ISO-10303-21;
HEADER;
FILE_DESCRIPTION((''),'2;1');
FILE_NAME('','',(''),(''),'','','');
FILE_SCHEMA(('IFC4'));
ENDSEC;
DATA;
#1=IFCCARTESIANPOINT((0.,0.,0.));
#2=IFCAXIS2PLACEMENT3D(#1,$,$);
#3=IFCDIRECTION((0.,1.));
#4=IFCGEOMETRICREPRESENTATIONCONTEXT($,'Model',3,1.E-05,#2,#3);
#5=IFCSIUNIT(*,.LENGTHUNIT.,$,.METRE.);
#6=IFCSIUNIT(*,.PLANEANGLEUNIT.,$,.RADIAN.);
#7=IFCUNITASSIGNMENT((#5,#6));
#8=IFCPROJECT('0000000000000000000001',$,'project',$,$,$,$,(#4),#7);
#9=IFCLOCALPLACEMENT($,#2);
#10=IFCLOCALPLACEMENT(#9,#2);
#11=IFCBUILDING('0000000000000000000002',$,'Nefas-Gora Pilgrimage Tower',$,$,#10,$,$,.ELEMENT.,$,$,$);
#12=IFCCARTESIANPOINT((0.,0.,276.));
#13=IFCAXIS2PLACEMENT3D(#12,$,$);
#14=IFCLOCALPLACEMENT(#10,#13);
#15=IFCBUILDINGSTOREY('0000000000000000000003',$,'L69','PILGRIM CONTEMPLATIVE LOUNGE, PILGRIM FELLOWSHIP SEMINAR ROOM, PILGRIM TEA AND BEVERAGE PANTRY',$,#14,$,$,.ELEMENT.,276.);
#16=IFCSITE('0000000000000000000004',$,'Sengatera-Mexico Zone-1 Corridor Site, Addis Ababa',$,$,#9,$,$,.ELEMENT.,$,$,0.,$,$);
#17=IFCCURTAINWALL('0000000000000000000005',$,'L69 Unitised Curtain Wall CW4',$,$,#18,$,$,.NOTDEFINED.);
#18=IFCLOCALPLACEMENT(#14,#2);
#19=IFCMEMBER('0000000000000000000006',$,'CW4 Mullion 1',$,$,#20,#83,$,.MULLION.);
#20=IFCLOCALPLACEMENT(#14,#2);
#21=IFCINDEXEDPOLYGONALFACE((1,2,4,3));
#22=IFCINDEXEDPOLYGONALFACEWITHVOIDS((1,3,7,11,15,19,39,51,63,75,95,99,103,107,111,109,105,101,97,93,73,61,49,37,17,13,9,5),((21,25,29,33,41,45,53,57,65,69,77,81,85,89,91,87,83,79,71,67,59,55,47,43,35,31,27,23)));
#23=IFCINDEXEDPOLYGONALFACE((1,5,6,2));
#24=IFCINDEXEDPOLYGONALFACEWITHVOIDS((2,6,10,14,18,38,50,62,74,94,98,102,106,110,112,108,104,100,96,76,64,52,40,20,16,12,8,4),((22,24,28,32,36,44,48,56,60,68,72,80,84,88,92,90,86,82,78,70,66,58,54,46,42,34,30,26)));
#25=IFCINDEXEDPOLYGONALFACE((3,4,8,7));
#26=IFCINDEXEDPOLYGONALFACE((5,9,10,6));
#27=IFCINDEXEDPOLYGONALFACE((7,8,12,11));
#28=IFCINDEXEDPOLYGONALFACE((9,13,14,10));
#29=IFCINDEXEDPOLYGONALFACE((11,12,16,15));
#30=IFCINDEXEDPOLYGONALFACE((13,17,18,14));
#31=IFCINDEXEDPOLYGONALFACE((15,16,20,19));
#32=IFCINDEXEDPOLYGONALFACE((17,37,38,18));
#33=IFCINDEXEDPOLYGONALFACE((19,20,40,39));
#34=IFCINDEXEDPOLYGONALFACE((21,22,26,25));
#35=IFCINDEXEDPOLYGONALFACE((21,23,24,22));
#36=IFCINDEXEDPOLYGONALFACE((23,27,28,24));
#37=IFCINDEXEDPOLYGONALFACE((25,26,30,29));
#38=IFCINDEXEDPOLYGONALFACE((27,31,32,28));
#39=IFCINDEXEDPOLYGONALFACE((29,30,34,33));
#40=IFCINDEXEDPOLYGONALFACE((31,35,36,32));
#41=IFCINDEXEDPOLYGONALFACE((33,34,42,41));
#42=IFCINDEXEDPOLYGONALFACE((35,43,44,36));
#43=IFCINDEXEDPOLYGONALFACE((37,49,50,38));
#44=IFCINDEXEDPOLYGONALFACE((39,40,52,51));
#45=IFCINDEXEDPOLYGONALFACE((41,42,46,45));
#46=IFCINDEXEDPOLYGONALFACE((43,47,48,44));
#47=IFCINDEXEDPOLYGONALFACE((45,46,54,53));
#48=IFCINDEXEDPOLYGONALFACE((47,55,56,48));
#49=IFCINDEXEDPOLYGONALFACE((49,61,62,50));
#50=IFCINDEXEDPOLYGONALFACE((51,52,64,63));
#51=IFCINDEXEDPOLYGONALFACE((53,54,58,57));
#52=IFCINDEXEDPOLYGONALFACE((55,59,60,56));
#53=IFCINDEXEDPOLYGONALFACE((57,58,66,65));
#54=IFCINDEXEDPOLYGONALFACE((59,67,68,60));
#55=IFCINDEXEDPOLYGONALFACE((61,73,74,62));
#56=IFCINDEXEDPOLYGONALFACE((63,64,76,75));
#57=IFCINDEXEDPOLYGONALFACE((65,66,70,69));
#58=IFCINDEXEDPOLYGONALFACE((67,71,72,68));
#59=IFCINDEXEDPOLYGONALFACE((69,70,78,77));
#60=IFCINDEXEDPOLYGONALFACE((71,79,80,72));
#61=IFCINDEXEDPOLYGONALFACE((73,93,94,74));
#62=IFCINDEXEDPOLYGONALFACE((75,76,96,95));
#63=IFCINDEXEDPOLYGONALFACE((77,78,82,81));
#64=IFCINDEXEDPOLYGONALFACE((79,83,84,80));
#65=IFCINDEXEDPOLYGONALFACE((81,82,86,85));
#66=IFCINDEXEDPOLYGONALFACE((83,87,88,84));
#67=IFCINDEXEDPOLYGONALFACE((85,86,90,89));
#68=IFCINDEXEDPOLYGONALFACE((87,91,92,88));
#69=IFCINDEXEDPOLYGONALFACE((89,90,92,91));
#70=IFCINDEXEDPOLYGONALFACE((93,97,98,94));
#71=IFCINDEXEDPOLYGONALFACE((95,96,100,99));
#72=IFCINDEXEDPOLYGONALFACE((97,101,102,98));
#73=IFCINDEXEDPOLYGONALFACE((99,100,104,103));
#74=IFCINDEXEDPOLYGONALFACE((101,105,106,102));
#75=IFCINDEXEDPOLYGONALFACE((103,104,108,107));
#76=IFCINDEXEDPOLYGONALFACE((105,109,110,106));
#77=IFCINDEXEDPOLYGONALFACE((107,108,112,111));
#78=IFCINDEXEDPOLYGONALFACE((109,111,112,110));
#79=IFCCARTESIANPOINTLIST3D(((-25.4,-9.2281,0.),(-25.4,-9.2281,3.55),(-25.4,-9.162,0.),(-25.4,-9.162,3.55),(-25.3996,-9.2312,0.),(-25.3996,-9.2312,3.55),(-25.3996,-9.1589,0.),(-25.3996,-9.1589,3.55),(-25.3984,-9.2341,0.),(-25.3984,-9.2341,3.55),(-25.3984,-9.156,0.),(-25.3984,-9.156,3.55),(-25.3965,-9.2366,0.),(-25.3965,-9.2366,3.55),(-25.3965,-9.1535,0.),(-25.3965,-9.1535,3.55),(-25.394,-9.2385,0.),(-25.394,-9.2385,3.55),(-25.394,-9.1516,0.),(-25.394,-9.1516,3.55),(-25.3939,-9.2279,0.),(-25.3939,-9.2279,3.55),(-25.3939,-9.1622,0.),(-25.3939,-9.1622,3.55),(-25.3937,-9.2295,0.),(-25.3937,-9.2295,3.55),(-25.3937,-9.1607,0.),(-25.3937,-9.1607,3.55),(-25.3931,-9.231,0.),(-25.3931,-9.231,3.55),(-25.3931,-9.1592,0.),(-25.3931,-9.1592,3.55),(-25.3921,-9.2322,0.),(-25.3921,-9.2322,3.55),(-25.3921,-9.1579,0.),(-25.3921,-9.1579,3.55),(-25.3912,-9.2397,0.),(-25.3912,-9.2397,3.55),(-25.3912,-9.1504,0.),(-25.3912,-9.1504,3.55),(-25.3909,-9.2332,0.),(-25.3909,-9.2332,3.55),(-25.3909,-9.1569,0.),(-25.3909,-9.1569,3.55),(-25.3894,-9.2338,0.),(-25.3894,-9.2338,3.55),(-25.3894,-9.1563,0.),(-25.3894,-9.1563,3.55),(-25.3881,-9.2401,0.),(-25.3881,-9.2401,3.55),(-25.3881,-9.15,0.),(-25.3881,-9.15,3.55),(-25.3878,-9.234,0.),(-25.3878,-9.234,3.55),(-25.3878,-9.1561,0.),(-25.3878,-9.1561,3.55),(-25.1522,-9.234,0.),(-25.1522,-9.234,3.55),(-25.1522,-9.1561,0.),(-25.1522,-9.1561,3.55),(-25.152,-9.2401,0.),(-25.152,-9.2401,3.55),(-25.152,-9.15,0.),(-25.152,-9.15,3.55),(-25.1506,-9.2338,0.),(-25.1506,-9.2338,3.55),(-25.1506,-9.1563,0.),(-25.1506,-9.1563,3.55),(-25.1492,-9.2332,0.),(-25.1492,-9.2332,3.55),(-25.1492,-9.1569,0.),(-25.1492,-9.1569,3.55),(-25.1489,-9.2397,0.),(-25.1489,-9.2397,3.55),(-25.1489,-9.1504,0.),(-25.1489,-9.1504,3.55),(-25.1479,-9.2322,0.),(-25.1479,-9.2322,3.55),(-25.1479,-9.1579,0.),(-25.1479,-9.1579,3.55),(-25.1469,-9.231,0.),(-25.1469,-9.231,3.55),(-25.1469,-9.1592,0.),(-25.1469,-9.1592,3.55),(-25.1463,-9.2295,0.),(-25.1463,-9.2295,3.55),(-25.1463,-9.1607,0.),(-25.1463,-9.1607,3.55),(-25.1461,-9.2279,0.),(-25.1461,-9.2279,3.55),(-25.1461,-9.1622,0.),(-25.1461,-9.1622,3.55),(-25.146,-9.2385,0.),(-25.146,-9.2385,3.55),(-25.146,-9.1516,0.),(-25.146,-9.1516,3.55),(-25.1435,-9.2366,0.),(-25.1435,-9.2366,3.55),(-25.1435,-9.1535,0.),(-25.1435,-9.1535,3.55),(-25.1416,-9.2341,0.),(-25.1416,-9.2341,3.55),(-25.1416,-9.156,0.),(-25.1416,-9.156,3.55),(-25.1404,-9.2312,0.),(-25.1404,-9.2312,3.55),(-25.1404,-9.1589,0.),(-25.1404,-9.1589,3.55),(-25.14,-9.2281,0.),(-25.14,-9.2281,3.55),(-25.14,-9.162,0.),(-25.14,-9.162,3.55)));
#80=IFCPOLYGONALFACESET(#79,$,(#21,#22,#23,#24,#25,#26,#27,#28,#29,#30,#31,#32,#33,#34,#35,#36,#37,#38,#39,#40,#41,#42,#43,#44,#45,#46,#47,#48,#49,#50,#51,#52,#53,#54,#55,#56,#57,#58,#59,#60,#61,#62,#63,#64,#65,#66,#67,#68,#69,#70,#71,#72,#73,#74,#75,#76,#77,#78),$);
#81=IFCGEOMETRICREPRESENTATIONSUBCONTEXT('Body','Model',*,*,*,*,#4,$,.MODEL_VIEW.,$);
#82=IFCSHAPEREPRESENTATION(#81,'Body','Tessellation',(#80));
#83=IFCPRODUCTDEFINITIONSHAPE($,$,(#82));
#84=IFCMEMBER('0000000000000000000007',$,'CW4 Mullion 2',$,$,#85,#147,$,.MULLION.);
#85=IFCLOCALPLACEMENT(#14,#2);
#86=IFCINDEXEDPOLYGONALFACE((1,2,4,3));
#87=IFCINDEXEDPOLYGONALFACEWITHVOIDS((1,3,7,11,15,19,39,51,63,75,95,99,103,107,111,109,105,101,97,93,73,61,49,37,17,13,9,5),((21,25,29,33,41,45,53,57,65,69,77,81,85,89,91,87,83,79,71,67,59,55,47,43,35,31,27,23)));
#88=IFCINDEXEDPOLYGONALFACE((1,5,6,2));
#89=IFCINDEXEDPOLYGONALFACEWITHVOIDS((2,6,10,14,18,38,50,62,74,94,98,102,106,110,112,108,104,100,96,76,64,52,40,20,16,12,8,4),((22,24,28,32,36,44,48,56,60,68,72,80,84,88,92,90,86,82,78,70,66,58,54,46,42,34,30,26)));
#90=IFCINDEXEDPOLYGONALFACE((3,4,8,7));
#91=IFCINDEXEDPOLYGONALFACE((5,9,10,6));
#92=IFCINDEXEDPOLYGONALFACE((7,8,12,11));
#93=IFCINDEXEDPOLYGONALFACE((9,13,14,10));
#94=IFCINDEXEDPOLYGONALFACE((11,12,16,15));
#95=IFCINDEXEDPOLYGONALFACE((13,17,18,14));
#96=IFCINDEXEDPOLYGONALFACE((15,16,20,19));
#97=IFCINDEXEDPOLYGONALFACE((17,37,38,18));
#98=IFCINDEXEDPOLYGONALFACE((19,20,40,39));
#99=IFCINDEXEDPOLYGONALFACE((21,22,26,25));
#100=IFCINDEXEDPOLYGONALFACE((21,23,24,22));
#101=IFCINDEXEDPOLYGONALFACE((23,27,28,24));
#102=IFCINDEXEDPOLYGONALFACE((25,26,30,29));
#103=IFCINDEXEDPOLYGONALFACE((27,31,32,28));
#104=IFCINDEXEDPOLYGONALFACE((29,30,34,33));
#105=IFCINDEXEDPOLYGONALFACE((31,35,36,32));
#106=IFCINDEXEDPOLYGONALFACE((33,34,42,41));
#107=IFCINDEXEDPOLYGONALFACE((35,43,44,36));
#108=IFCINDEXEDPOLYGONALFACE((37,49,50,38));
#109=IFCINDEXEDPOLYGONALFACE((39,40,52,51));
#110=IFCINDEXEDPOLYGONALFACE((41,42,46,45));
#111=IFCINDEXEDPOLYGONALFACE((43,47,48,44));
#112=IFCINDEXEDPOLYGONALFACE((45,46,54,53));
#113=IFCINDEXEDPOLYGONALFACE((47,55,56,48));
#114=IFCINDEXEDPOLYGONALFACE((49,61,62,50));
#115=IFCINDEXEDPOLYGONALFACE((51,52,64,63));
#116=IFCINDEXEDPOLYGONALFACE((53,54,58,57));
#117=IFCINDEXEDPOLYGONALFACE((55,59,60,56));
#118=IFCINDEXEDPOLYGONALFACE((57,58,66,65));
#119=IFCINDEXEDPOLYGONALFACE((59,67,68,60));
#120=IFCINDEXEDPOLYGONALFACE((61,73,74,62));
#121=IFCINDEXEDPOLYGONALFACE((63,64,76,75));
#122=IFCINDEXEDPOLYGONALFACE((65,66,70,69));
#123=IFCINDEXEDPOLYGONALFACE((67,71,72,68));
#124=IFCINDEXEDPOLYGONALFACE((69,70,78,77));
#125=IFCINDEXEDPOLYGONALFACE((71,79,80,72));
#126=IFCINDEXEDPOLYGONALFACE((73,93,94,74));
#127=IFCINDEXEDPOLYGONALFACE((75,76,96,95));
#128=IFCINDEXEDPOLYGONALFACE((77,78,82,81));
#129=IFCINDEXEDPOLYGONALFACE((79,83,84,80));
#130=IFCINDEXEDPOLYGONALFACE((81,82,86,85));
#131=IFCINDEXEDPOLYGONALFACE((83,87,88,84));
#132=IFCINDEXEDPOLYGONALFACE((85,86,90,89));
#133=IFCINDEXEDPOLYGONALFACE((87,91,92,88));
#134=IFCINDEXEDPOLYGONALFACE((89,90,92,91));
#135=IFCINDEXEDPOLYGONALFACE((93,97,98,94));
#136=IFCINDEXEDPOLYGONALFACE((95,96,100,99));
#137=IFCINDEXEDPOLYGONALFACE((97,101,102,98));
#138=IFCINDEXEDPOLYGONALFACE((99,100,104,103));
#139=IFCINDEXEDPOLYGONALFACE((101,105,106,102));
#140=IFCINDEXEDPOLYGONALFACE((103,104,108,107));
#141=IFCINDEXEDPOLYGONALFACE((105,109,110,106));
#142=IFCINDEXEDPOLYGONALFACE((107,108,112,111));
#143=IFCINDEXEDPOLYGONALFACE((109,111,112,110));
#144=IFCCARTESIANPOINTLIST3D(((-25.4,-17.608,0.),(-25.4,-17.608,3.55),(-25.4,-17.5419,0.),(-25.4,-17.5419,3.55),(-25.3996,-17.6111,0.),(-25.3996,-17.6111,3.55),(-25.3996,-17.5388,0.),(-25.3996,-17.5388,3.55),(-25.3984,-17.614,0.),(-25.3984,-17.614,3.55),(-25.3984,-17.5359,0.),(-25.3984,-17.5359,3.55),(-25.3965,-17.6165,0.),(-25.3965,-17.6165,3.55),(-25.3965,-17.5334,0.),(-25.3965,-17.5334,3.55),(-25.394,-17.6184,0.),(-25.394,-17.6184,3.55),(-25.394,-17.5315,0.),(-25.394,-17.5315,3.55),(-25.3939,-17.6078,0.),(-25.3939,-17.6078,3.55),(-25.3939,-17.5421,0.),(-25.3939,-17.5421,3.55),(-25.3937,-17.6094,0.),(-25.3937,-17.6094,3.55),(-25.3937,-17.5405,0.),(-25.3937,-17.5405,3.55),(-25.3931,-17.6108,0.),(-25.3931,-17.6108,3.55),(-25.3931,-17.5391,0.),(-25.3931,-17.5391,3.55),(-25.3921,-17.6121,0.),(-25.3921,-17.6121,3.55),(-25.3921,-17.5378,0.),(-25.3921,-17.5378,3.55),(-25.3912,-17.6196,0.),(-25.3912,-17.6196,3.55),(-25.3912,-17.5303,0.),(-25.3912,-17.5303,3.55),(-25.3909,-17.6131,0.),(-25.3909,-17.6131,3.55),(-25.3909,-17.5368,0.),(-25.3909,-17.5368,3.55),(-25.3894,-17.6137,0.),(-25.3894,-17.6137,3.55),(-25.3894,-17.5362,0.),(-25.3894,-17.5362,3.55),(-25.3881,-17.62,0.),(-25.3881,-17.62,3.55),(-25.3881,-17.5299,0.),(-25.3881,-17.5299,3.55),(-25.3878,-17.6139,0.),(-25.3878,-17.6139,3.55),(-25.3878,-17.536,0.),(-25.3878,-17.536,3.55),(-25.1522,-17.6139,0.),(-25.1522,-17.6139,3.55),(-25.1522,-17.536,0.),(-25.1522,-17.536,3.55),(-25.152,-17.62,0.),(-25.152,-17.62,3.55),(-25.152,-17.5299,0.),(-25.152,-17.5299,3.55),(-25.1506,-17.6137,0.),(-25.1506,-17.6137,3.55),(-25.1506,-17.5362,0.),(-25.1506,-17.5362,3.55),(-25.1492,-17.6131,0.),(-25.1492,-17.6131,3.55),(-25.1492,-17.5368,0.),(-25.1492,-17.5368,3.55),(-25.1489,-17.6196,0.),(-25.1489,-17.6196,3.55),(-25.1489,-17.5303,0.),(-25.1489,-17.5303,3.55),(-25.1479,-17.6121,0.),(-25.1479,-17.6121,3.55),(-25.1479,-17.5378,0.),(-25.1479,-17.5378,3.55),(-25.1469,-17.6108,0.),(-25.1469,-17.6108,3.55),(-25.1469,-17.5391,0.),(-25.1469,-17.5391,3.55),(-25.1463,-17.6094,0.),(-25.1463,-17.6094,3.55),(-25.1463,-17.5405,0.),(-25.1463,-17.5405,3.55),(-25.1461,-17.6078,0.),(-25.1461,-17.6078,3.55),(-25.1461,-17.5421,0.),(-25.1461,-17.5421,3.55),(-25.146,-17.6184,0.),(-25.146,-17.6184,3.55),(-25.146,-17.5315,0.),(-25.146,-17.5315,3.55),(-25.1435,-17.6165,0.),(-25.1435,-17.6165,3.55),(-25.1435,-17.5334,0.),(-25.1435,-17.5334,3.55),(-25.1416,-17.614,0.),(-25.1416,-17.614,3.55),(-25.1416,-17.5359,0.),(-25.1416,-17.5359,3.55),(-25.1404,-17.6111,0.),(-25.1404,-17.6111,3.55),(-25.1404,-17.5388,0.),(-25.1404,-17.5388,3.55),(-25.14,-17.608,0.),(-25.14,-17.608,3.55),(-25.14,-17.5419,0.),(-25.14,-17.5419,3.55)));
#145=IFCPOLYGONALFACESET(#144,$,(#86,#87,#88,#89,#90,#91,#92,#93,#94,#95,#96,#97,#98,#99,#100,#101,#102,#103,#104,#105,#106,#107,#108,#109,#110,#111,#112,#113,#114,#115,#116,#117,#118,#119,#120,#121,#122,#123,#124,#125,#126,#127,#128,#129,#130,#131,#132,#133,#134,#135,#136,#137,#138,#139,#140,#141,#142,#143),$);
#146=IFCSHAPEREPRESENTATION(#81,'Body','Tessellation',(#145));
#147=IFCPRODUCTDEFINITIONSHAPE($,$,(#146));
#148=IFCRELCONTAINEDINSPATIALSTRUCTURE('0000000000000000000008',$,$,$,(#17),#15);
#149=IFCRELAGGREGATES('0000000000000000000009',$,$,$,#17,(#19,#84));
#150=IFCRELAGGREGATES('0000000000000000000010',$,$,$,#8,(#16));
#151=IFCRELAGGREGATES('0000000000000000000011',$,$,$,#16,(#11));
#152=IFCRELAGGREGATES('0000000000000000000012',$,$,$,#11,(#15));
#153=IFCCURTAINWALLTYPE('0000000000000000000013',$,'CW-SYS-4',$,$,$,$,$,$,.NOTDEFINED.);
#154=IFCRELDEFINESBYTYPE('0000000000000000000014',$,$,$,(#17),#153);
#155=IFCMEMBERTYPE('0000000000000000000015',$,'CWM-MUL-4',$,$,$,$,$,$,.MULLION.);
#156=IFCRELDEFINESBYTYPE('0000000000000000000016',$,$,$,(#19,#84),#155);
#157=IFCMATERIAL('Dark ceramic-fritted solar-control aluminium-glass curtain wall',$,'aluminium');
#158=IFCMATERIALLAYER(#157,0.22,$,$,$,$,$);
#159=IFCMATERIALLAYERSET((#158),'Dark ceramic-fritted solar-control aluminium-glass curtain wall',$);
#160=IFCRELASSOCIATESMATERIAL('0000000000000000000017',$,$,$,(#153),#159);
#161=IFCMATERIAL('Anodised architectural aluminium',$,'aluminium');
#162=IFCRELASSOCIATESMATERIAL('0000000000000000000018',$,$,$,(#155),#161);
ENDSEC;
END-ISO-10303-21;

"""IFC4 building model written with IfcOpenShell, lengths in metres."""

from ifc_helpers import new_model, si_unit, direction, frame, origin, origin_2d, place, context, subcontext, project, spatial, hollow_rectangle, extrude, source, transform, mapped, material, layer, layer_set, material_profile, profile_set, type_object, element, aggregate, save


model = new_model("IFC4")

# Units and contexts
model_context = context("Model", 3, precision=1e-05, world=origin(), true_north=direction((0.0, 1.0)))
body_context = subcontext(model_context, "Body", "Model", "MODEL_VIEW")
ifc_project = project(units=[si_unit("LENGTHUNIT", "METRE"), si_unit("PLANEANGLEUNIT", "RADIAN")], contexts=[model_context])

# Site, building, storey
site_placement = place(None, origin())
site = spatial("IfcSite", under=ifc_project, at=site_placement, Name="Sengatera-Mexico Zone-1 Corridor Site, Addis Ababa", CompositionType="ELEMENT", RefElevation=0.0)
building_placement = place(site_placement, origin())
building = spatial("IfcBuilding", under=site, at=building_placement, Name="Nefas-Gora Pilgrimage Tower", CompositionType="ELEMENT")
storey_placement = place(building_placement, frame((0.0, 0.0, 276.0)))
storey = spatial("IfcBuildingStorey", under=building, at=storey_placement, Name="L69", Description="PILGRIM CONTEMPLATIVE LOUNGE, PILGRIM FELLOWSHIP SEMINAR ROOM, PILGRIM TEA AND BEVERAGE PANTRY", CompositionType="ELEMENT", Elevation=276.0)

# Curtain wall
ifc_material_1 = material(Name="Dark ceramic-fritted solar-control aluminium-glass curtain wall", Category="aluminium")
ifc_layer_1 = layer(ifc_material_1, 0.22)
ifc_layer_set_1 = layer_set([ifc_layer_1], Name="Dark ceramic-fritted solar-control aluminium-glass curtain wall")
curtain_wall_type = type_object("IfcCurtainWallType", Name="CW-SYS-4", PredefinedType="NOTDEFINED", material=ifc_layer_set_1)
curtain_wall_1_placement = place(storey_placement, origin())
curtain_wall_1 = element("IfcCurtainWall", 1, at=curtain_wall_1_placement, inside=storey, type_object=curtain_wall_type, Name="L69 Unitised Curtain Wall CW4", PredefinedType="NOTDEFINED")
ifc_material_2 = material(Name="Anodised architectural aluminium", Category="aluminium")

# Members
ifc_material_profile_1 = material_profile(ifc_material_2, hollow_rectangle(XDim=0.0901, YDim=0.26, WallThickness=0.0061, InnerFilletRadius=0.0061, OuterFilletRadius=0.012, at=origin_2d()), Name="ALU MULLION 90x260")
ifc_profile_set_1 = profile_set([ifc_material_profile_1], Name="Anodised architectural aluminium")
member_type_1 = type_object("IfcMemberType", Name="CWM-MUL-4", PredefinedType="MULLION", material=ifc_profile_set_1)
shared_shape_1 = source(origin(), body_context, "Body", "SweptSolid", [
    extrude(hollow_rectangle(XDim=0.0901, YDim=0.26, WallThickness=0.0061, InnerFilletRadius=0.0061, OuterFilletRadius=0.012, at=origin_2d()), origin(), (0.0, 0.0, 1.0), 3.55),
])
member_1_placement = place(storey_placement, frame((-25.27, -9.1951, 0.0), z_axis=(0.0, 0.0, 1.0), x_axis=(0.0, -1.0, 0.0)))
member_1 = element("IfcMember", 2, at=member_1_placement, type_object=member_type_1, Name="CW4 Mullion 1", PredefinedType="MULLION", context=body_context, shape_type="MappedRepresentation", body=[
    mapped(shared_shape_1, transform((0.0, 0.0, 0.0), x_axis=(1.0, 0.0, 0.0), y_axis=(0.0, 1.0, 0.0), z_axis=(0.0, 0.0, 1.0), scale=1.0)),
])
member_2_placement = place(storey_placement, frame((-25.27, -17.575, 0.0), z_axis=(0.0, 0.0, 1.0), x_axis=(0.0, -1.0, 0.0)))
member_2 = element("IfcMember", 3, at=member_2_placement, type_object=member_type_1, Name="CW4 Mullion 2", PredefinedType="MULLION", context=body_context, shape_type="MappedRepresentation", body=[
    mapped(shared_shape_1, transform((0.0, 0.0, 0.0), x_axis=(1.0, 0.0, 0.0), y_axis=(0.0, 1.0, 0.0), z_axis=(0.0, 0.0, 1.0), scale=1.0)),
])

aggregate(curtain_wall_1, [member_1, member_2])

save(model, "model.ifc")
